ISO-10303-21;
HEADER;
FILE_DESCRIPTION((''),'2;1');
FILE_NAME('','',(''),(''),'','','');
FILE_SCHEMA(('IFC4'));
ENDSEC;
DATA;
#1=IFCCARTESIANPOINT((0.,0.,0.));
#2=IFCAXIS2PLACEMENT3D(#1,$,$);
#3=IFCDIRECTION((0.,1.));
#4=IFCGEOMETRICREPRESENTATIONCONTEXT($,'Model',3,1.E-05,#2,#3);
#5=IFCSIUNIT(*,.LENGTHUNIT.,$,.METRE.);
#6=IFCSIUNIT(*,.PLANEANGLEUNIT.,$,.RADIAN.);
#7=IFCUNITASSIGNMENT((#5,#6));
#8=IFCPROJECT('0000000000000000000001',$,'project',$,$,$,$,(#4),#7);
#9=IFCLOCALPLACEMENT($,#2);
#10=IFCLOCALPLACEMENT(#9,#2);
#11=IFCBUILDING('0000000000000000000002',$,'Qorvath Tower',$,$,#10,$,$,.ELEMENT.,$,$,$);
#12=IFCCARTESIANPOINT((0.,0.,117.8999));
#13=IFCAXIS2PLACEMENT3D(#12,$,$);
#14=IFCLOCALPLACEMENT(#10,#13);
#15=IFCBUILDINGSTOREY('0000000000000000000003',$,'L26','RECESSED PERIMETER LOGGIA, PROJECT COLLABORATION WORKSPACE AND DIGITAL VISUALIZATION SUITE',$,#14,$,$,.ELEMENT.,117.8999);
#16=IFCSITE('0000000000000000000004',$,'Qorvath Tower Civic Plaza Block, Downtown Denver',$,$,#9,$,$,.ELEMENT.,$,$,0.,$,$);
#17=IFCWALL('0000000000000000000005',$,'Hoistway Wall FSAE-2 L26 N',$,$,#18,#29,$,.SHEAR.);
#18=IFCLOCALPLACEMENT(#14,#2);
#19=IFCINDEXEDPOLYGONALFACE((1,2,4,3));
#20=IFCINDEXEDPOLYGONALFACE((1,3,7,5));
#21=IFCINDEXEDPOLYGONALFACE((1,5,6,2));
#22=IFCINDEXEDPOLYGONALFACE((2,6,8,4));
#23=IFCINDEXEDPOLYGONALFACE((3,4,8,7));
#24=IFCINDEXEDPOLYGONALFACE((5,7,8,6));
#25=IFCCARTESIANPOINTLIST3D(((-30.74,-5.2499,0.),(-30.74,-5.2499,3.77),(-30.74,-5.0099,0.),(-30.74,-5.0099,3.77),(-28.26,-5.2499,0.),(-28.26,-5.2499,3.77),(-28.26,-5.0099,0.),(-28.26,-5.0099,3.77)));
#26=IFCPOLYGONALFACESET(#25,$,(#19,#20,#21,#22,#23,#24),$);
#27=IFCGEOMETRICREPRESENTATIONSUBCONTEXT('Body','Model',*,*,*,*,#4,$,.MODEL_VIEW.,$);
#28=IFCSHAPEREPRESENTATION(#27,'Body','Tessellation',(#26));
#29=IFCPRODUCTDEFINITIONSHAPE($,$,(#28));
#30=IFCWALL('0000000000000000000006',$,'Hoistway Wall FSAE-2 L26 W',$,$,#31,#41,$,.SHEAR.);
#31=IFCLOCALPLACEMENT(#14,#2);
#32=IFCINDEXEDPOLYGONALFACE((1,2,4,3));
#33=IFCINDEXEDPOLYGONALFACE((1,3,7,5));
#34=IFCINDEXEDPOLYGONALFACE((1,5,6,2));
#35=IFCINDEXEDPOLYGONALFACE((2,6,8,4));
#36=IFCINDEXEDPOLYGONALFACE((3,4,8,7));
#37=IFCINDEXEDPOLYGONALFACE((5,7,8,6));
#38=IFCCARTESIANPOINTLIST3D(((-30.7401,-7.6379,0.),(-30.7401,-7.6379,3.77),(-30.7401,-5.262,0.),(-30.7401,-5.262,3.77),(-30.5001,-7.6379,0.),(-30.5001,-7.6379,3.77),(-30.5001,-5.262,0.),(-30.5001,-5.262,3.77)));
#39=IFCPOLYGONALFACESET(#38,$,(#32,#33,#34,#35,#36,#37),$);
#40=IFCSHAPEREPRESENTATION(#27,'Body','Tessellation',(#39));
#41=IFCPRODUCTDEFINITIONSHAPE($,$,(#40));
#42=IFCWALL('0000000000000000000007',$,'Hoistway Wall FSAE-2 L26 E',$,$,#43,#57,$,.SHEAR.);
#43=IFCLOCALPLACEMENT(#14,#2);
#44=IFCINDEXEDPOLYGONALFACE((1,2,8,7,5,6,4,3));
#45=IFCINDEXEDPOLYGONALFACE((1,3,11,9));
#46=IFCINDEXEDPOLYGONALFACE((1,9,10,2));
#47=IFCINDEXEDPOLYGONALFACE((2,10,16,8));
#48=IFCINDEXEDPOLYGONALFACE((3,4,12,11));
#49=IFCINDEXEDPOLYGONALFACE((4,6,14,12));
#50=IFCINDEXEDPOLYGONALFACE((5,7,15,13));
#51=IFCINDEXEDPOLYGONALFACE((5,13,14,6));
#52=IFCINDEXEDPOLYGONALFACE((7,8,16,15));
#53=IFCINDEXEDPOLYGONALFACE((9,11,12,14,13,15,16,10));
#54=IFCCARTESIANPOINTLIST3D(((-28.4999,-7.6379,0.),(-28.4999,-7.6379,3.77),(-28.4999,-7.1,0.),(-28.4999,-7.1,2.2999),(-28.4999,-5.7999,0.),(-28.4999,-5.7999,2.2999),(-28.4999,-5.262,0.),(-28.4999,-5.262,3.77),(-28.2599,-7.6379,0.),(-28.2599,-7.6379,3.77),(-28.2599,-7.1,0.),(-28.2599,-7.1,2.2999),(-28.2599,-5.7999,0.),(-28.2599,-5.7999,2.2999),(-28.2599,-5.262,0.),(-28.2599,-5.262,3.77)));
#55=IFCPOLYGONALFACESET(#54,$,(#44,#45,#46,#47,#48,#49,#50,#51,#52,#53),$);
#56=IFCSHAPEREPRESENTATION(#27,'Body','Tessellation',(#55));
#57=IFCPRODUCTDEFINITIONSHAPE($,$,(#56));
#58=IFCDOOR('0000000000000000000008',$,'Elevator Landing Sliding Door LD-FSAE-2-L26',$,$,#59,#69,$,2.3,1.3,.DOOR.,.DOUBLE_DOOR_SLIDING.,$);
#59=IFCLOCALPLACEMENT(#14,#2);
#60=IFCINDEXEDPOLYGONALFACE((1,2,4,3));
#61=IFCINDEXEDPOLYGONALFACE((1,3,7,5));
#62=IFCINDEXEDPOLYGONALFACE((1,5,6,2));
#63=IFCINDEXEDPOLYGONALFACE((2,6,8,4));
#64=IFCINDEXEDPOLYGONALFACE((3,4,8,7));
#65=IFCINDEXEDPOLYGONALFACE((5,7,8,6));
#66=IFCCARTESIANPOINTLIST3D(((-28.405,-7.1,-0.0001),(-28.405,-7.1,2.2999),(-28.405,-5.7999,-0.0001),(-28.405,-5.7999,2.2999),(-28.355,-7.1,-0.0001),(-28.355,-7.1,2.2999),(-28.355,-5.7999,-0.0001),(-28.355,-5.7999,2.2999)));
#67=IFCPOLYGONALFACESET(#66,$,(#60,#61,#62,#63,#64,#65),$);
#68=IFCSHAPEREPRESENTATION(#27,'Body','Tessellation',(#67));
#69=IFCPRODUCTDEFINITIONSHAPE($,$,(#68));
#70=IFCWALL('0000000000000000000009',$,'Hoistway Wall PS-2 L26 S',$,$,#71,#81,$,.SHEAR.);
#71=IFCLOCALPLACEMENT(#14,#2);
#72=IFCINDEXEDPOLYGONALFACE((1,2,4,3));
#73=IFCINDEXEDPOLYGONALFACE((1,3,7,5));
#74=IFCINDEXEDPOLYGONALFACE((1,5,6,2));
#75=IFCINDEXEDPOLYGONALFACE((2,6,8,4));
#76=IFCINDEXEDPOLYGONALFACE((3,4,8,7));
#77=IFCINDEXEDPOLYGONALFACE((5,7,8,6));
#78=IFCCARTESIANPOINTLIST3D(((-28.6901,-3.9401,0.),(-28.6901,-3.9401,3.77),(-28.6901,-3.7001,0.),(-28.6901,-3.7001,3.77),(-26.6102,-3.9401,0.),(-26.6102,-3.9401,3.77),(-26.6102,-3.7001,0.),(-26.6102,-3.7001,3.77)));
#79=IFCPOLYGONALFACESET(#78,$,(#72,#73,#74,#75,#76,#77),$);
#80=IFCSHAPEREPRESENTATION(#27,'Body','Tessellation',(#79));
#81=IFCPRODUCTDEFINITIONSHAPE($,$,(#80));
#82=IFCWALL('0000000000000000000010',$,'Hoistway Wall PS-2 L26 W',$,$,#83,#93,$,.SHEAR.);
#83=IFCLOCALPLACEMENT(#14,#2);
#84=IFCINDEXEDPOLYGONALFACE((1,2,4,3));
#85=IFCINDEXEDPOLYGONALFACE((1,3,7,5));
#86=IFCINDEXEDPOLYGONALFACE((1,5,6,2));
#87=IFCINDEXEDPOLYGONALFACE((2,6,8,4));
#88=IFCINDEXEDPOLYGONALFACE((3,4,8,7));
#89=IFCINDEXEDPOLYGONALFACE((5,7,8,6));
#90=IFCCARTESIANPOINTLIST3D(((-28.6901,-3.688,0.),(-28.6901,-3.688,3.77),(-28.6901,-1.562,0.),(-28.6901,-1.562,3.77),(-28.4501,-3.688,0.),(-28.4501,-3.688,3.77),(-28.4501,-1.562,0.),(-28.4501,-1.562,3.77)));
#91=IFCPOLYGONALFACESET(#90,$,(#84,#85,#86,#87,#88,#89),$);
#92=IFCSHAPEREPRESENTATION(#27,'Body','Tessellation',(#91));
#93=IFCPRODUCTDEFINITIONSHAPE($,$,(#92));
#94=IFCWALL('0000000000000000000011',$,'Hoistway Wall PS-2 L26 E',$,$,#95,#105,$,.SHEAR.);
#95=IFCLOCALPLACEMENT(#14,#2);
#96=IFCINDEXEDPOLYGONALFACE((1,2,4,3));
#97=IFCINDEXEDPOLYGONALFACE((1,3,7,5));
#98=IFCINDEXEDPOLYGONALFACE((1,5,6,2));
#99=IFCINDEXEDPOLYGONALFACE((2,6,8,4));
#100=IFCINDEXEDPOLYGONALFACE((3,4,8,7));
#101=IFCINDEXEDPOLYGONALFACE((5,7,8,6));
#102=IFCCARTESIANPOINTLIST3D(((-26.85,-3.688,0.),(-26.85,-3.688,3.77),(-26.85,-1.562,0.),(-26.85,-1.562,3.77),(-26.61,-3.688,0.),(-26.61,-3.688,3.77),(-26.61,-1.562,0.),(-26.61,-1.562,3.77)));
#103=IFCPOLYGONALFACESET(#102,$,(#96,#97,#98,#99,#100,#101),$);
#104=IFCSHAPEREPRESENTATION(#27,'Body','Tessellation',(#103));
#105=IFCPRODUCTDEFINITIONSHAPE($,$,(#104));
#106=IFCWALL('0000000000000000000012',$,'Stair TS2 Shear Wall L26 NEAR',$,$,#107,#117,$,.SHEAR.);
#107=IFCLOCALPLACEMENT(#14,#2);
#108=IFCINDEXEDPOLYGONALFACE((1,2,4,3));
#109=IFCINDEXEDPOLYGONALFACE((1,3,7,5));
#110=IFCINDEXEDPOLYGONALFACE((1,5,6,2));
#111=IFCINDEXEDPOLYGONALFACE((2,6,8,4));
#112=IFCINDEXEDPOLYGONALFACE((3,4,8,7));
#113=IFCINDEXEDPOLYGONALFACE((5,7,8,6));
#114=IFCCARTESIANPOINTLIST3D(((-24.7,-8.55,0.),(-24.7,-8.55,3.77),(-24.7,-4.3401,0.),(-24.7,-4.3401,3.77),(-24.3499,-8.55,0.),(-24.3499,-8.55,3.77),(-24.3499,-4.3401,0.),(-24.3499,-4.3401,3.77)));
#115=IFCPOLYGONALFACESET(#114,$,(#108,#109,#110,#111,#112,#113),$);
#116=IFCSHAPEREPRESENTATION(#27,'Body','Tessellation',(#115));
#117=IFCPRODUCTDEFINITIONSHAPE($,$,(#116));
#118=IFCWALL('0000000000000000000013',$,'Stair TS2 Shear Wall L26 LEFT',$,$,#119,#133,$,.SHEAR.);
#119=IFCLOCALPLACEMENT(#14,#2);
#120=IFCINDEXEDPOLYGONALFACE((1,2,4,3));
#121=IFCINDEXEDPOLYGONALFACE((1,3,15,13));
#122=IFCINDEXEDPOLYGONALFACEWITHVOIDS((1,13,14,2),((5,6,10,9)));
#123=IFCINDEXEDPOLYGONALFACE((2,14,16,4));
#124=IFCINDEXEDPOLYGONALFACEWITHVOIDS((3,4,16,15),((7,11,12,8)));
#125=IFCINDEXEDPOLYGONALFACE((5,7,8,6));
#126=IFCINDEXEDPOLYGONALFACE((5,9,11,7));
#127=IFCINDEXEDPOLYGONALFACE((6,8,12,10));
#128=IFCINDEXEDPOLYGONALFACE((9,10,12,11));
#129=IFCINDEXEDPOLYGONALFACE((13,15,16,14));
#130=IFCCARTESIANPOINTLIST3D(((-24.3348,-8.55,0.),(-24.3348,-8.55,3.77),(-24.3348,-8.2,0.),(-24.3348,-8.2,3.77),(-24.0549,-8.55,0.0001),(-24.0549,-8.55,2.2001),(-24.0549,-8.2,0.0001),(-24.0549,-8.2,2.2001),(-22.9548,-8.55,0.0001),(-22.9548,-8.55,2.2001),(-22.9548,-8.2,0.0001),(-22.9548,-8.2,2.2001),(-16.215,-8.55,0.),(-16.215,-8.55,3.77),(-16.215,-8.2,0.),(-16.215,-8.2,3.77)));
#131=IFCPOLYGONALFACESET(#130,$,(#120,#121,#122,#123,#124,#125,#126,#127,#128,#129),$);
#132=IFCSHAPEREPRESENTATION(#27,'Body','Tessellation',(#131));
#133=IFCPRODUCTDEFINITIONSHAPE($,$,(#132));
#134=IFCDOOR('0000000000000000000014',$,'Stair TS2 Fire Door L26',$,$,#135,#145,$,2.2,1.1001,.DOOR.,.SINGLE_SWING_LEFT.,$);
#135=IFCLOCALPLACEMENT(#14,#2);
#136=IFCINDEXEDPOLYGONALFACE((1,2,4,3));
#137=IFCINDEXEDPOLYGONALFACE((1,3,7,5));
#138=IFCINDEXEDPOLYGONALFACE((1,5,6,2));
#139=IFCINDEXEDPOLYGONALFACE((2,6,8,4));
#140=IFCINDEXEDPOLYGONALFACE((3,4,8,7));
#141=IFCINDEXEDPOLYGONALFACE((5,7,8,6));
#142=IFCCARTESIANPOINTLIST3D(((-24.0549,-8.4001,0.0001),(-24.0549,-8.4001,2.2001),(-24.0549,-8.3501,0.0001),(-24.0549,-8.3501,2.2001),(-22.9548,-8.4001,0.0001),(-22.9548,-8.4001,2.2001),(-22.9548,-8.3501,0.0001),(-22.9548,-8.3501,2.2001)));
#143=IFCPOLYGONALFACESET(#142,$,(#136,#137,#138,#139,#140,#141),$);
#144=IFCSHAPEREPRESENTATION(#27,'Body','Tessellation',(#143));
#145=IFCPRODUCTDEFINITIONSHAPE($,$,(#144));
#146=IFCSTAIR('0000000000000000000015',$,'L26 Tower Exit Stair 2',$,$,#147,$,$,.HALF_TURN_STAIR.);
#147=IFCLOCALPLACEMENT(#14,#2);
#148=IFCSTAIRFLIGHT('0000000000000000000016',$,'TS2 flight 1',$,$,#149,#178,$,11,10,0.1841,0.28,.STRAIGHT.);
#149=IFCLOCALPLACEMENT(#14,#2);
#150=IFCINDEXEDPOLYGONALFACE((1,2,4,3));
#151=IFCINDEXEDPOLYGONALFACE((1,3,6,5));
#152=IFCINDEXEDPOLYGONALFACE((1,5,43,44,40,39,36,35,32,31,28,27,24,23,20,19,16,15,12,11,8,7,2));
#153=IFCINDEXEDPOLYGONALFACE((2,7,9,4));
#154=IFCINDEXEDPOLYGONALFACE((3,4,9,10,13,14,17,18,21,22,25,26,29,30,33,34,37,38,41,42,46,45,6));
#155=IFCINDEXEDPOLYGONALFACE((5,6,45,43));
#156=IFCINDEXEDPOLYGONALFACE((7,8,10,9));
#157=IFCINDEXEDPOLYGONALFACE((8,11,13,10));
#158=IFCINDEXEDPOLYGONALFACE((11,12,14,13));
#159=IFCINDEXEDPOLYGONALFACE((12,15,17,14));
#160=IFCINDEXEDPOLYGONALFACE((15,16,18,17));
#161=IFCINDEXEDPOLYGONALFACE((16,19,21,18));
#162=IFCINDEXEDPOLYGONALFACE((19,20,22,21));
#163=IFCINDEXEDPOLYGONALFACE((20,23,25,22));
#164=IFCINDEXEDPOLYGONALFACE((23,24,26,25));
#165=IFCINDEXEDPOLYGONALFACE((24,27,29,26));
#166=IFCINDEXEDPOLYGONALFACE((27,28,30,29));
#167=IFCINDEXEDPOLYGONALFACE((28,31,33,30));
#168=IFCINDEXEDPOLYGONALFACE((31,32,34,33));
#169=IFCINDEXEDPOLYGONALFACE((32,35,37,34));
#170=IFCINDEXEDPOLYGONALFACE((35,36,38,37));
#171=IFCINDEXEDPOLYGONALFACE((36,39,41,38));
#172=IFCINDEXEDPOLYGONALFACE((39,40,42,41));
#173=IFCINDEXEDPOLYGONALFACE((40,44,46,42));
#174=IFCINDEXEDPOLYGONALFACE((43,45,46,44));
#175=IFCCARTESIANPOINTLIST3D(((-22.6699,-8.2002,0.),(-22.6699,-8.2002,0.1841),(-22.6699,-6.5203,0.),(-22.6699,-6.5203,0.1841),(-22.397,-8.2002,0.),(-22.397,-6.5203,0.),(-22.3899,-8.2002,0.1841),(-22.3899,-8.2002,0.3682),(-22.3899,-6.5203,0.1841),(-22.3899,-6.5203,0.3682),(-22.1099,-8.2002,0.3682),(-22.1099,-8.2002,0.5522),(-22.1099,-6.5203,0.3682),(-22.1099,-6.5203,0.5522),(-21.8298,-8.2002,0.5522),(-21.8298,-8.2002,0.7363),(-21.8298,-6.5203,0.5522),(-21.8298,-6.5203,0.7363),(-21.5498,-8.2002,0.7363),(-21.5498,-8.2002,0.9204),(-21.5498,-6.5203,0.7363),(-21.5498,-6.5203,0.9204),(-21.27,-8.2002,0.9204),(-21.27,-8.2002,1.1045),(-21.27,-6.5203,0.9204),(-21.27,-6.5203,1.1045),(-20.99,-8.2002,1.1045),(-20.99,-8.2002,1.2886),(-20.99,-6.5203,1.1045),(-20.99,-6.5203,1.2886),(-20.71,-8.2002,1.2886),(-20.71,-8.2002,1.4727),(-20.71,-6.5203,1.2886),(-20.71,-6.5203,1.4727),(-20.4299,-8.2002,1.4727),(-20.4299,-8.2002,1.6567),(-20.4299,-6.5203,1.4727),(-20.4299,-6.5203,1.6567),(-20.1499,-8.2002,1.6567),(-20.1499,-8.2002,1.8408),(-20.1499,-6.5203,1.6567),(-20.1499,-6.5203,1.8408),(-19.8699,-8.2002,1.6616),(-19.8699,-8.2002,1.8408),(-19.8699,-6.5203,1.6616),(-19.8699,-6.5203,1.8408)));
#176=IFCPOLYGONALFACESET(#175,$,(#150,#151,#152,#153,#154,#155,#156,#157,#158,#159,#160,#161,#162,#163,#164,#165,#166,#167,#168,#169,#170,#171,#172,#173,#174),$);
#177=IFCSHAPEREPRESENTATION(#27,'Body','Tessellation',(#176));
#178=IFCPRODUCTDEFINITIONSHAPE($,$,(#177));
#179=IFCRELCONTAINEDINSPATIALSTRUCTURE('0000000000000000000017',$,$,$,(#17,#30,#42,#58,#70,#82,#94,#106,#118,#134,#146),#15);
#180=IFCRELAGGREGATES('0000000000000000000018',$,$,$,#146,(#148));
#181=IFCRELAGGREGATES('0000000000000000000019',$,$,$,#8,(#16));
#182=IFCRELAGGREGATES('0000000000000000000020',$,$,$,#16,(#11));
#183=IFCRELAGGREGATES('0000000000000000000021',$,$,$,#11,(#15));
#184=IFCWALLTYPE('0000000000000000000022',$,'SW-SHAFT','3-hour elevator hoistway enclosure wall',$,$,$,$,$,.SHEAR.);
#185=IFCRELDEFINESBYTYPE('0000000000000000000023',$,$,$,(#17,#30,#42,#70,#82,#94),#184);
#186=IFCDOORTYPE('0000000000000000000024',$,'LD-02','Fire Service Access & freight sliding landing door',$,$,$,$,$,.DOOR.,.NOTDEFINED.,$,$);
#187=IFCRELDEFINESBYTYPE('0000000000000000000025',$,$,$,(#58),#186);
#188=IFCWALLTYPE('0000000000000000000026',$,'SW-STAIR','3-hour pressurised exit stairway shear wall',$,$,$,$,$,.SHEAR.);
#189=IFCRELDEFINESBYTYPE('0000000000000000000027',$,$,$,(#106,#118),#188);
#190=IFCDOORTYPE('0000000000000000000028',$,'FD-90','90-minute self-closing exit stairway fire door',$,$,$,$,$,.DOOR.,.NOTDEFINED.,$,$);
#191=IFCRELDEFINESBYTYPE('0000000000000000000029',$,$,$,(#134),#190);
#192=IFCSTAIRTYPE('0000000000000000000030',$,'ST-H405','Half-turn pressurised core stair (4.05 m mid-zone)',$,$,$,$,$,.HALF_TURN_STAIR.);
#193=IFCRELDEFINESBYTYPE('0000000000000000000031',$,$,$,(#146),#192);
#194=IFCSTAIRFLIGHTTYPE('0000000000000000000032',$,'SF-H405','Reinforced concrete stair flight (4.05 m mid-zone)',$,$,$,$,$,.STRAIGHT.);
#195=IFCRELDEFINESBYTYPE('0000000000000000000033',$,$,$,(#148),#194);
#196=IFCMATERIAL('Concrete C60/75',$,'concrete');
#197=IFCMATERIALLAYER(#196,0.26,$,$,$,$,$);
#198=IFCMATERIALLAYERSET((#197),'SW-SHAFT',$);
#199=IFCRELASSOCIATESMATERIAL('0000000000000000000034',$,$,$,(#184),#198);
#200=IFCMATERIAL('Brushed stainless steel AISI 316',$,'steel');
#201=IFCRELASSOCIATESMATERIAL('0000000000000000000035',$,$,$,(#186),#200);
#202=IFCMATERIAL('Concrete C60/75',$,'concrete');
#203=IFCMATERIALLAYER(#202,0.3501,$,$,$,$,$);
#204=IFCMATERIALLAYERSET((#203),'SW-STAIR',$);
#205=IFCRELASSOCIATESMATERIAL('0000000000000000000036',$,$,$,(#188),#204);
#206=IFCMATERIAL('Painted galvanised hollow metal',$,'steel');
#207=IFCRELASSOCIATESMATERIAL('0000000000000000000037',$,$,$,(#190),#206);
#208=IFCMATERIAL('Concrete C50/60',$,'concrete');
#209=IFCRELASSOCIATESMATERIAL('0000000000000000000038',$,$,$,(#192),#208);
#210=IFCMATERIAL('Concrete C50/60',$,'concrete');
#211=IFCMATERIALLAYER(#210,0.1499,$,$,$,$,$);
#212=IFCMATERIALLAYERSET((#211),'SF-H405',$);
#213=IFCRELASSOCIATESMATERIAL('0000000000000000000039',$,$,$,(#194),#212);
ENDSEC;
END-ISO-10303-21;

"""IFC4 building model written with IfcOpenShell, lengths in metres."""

from ifc_helpers import new_model, si_unit, direction, frame, frame_2d, origin, place, context, subcontext, project, spatial, polyline, rectangle, outline, extrude, material, layer, layer_set, type_object, element, fill, aggregate, save


model = new_model("IFC4")

# Units and contexts
model_context = context("Model", 3, precision=1e-05, world=origin(), true_north=direction((0.0, 1.0)))
body_context = subcontext(model_context, "Body", "Model", "MODEL_VIEW")
ifc_project = project(units=[si_unit("LENGTHUNIT", "METRE"), si_unit("PLANEANGLEUNIT", "RADIAN")], contexts=[model_context])

# Site, building, storey
site_placement = place(None, origin())
site = spatial("IfcSite", under=ifc_project, at=site_placement, Name="Qorvath Tower Civic Plaza Block, Downtown Denver", CompositionType="ELEMENT", RefElevation=0.0)
building_placement = place(site_placement, origin())
building = spatial("IfcBuilding", under=site, at=building_placement, Name="Qorvath Tower", CompositionType="ELEMENT")
storey_placement = place(building_placement, frame((0.0, 0.0, 117.8999)))
storey = spatial("IfcBuildingStorey", under=building, at=storey_placement, Name="L26", Description="RECESSED PERIMETER LOGGIA, PROJECT COLLABORATION WORKSPACE AND DIGITAL VISUALIZATION SUITE", CompositionType="ELEMENT", Elevation=117.8999)

# Walls
ifc_material_1 = material(Name="Concrete C60/75", Category="concrete")
ifc_layer_1 = layer(ifc_material_1, 0.26)
ifc_layer_set_1 = layer_set([ifc_layer_1], Name="SW-SHAFT")
wall_type_1 = type_object("IfcWallType", Name="SW-SHAFT", Description="3-hour elevator hoistway enclosure wall", PredefinedType="SHEAR", material=ifc_layer_set_1)
for number, where, z_axis, x_axis, name in (
    (1, (-30.74, -5.1299, 0.0), (0.0, 0.0, 1.0), (1.0, 0.0, 0.0), "Hoistway Wall FSAE-2 L26 N"),
):
    element("IfcWall", number, at=place(storey_placement, frame(where, z_axis=z_axis, x_axis=x_axis)), inside=storey, type_object=wall_type_1, Name=name, PredefinedType="SHEAR", context=body_context, shape_type="SweptSolid", body=[
        extrude(rectangle(XDim=2.48, YDim=0.24, at=frame_2d((1.24, 0.0))), origin(), (0.0, 0.0, 1.0), 3.77),
    ])
wall_1_placement = place(storey_placement, frame((-30.6201, -7.6379, 0.0), z_axis=(0.0, 0.0, 1.0), x_axis=(0.0, 1.0, 0.0)))
element("IfcWall", 2, at=wall_1_placement, inside=storey, type_object=wall_type_1, Name="Hoistway Wall FSAE-2 L26 W", PredefinedType="SHEAR", context=body_context, shape_type="SweptSolid", body=[
    extrude(rectangle(XDim=2.376, YDim=0.24, at=frame_2d((1.188, 0.0))), origin(), (0.0, 0.0, 1.0), 3.77),
])

# Wall, opening, door
wall_2_placement = place(storey_placement, frame((-28.3799, -5.262, 0.0), z_axis=(0.0, 0.0, 1.0), x_axis=(0.0, -1.0, 0.0)))
wall_2 = element("IfcWall", 3, at=wall_2_placement, inside=storey, type_object=wall_type_1, Name="Hoistway Wall FSAE-2 L26 E", PredefinedType="SHEAR", context=body_context, shape_type="SweptSolid", body=[
    extrude(rectangle(XDim=2.376, YDim=0.24, at=frame_2d((1.188, 0.0))), origin(), (0.0, 0.0, 1.0), 3.77),
])
opening_1_placement = place(wall_2_placement, frame((0.5381, 0.0, 0.0)))
opening_1 = element("IfcOpeningElement", 4, at=opening_1_placement, cuts=wall_2, PredefinedType="OPENING", context=body_context, shape_type="SweptSolid", body=[
    extrude(rectangle(XDim=1.3, YDim=2.3, at=frame_2d((0.6499, 1.1499))), frame((0.0, 0.1299, 0.0), z_axis=(0.0, -1.0, 0.0), x_axis=(1.0, 0.0, 0.0)), (0.0, 0.0, 1.0), 0.26),
])
ifc_material_2 = material(Name="Brushed stainless steel AISI 316", Category="steel")
door_type_1 = type_object("IfcDoorType", Name="LD-02", Description="Fire Service Access & freight sliding landing door", OperationType="NOTDEFINED", PredefinedType="DOOR", material=ifc_material_2)
door_1_placement = place(opening_1_placement, origin())
door_1 = element("IfcDoor", 5, at=door_1_placement, inside=storey, type_object=door_type_1, Name="Elevator Landing Sliding Door LD-FSAE-2-L26", OperationType="DOUBLE_DOOR_SLIDING", OverallHeight=2.3, OverallWidth=1.3, PredefinedType="DOOR", context=body_context, shape_type="SweptSolid", body=[
    extrude(rectangle(XDim=1.3, YDim=2.3, at=frame_2d((0.6499, 1.1499))), frame((0.0, 0.0249, 0.0), z_axis=(0.0, -1.0, 0.0), x_axis=(1.0, 0.0, 0.0)), (0.0, 0.0, 1.0), 0.05),
])
fill(opening_1, door_1)

# Walls
wall_3_placement = place(storey_placement, frame((-26.6101, -3.8201, 0.0), z_axis=(0.0, 0.0, 1.0), x_axis=(-1.0, 0.0, 0.0)))
element("IfcWall", 6, at=wall_3_placement, inside=storey, type_object=wall_type_1, Name="Hoistway Wall PS-2 L26 S", PredefinedType="SHEAR", context=body_context, shape_type="SweptSolid", body=[
    extrude(rectangle(XDim=2.0798, YDim=0.24, at=frame_2d((1.04, 0.0))), origin(), (0.0, 0.0, 1.0), 3.77),
])
for number, where, z_axis, x_axis, name in (
    (7, (-28.5701, -3.688, 0.0), (0.0, 0.0, 1.0), (0.0, 1.0, 0.0), "Hoistway Wall PS-2 L26 W"),
    (8, (-26.73, -1.562, 0.0), (0.0, 0.0, 1.0), (0.0, -1.0, 0.0), "Hoistway Wall PS-2 L26 E"),
):
    element("IfcWall", number, at=place(storey_placement, frame(where, z_axis=z_axis, x_axis=x_axis)), inside=storey, type_object=wall_type_1, Name=name, PredefinedType="SHEAR", context=body_context, shape_type="SweptSolid", body=[
        extrude(rectangle(XDim=2.126, YDim=0.24, at=frame_2d((1.063, 0.0))), origin(), (0.0, 0.0, 1.0), 3.77),
    ])
ifc_material_3 = material(Name="Concrete C60/75", Category="concrete")
ifc_layer_2 = layer(ifc_material_3, 0.3501)
ifc_layer_set_2 = layer_set([ifc_layer_2], Name="SW-STAIR")
wall_type_2 = type_object("IfcWallType", Name="SW-STAIR", Description="3-hour pressurised exit stairway shear wall", PredefinedType="SHEAR", material=ifc_layer_set_2)
wall_4_placement = place(storey_placement, frame((-24.5249, -4.3401, 0.0), z_axis=(0.0, 0.0, 1.0), x_axis=(0.0, -1.0, 0.0)))
element("IfcWall", 9, at=wall_4_placement, inside=storey, type_object=wall_type_2, Name="Stair TS2 Shear Wall L26 NEAR", PredefinedType="SHEAR", context=body_context, shape_type="SweptSolid", body=[
    extrude(rectangle(XDim=4.21, YDim=0.3501, at=frame_2d((2.105, 0.0))), origin(), (0.0, 0.0, 1.0), 3.77),
])

# Wall, opening, door
wall_5_placement = place(storey_placement, frame((-24.335, -8.375, 0.0), z_axis=(0.0, 0.0, 1.0), x_axis=(1.0, 0.0, 0.0)))
wall_5 = element("IfcWall", 10, at=wall_5_placement, inside=storey, type_object=wall_type_2, Name="Stair TS2 Shear Wall L26 LEFT", PredefinedType="SHEAR", context=body_context, shape_type="SweptSolid", body=[
    extrude(rectangle(XDim=8.1199, YDim=0.3501, at=frame_2d((4.0601, 0.0))), origin(), (0.0, 0.0, 1.0), 3.77),
])
opening_2_placement = place(wall_5_placement, frame((0.28, 0.0, 0.0)))
opening_2 = element("IfcOpeningElement", 11, at=opening_2_placement, cuts=wall_5, PredefinedType="OPENING", context=body_context, shape_type="SweptSolid", body=[
    extrude(rectangle(XDim=1.1001, YDim=2.2, at=frame_2d((0.55, 1.1001))), frame((0.0, 0.1851, 0.0), z_axis=(0.0, -1.0, 0.0), x_axis=(1.0, 0.0, 0.0)), (0.0, 0.0, 1.0), 0.3701),
])
ifc_material_4 = material(Name="Painted galvanised hollow metal", Category="steel")
door_type_2 = type_object("IfcDoorType", Name="FD-90", Description="90-minute self-closing exit stairway fire door", OperationType="NOTDEFINED", PredefinedType="DOOR", material=ifc_material_4)
door_2_placement = place(opening_2_placement, origin())
door_2 = element("IfcDoor", 12, at=door_2_placement, inside=storey, type_object=door_type_2, Name="Stair TS2 Fire Door L26", OperationType="SINGLE_SWING_LEFT", OverallHeight=2.2, OverallWidth=1.1001, PredefinedType="DOOR", context=body_context, shape_type="SweptSolid", body=[
    extrude(rectangle(XDim=1.1001, YDim=2.2, at=frame_2d((0.55, 1.1001))), frame((0.0, 0.0249, 0.0), z_axis=(0.0, -1.0, 0.0), x_axis=(1.0, 0.0, 0.0)), (0.0, 0.0, 1.0), 0.05),
])
fill(opening_2, door_2)

# Stair, stair flight
ifc_material_5 = material(Name="Concrete C50/60", Category="concrete")
stair_type = type_object("IfcStairType", Name="ST-H405", Description="Half-turn pressurised core stair (4.05 m mid-zone)", PredefinedType="HALF_TURN_STAIR", material=ifc_material_5)
stair_placement = place(storey_placement, origin())
stair = element("IfcStair", 13, at=stair_placement, inside=storey, type_object=stair_type, Name="L26 Tower Exit Stair 2", PredefinedType="HALF_TURN_STAIR")
ifc_material_6 = material(Name="Concrete C50/60", Category="concrete")
ifc_layer_3 = layer(ifc_material_6, 0.1499)
ifc_layer_set_3 = layer_set([ifc_layer_3], Name="SF-H405")
stair_flight_type = type_object("IfcStairFlightType", Name="SF-H405", Description="Reinforced concrete stair flight (4.05 m mid-zone)", PredefinedType="STRAIGHT", material=ifc_layer_set_3)
stair_flight_placement = place(storey_placement, frame((-22.6699, -7.3601, 0.0), z_axis=(0.0, 0.0, 1.0), x_axis=(1.0, 0.0, 0.0)))
stair_flight = element("IfcStairFlight", 14, at=stair_flight_placement, type_object=stair_flight_type, Name="TS2 flight 1", NumberOfRisers=11, NumberOfTreads=10, PredefinedType="STRAIGHT", RiserHeight=0.1841, TreadLength=0.28, context=body_context, shape_type="SweptSolid", body=[
    extrude(outline(polyline([(0.0, 0.0), (0.0, 0.1841), (0.28, 0.1841), (0.28, 0.3682), (0.5601, 0.3682), (0.5601, 0.5522), (0.8401, 0.5522), (0.8401, 0.7363), (1.1201, 0.7363), (1.1201, 0.9204), (1.3999, 0.9204), (1.3999, 1.1045), (1.6799, 1.1045), (1.6799, 1.2886), (1.96, 1.2886), (1.96, 1.4727), (2.24, 1.4727), (2.24, 1.6567), (2.52, 1.6567), (2.52, 1.8408), (2.8, 1.8408), (2.8, 2.0249), (2.8, 1.6616), (0.2729, 0.0), (0.0, 0.0)])), frame((0.0, 0.8398, 0.0), z_axis=(0.0, -1.0, 0.0), x_axis=(1.0, 0.0, 0.0)), (0.0, 0.0, 1.0), 1.6799),
])
aggregate(stair, [stair_flight])

save(model, "model.ifc")
